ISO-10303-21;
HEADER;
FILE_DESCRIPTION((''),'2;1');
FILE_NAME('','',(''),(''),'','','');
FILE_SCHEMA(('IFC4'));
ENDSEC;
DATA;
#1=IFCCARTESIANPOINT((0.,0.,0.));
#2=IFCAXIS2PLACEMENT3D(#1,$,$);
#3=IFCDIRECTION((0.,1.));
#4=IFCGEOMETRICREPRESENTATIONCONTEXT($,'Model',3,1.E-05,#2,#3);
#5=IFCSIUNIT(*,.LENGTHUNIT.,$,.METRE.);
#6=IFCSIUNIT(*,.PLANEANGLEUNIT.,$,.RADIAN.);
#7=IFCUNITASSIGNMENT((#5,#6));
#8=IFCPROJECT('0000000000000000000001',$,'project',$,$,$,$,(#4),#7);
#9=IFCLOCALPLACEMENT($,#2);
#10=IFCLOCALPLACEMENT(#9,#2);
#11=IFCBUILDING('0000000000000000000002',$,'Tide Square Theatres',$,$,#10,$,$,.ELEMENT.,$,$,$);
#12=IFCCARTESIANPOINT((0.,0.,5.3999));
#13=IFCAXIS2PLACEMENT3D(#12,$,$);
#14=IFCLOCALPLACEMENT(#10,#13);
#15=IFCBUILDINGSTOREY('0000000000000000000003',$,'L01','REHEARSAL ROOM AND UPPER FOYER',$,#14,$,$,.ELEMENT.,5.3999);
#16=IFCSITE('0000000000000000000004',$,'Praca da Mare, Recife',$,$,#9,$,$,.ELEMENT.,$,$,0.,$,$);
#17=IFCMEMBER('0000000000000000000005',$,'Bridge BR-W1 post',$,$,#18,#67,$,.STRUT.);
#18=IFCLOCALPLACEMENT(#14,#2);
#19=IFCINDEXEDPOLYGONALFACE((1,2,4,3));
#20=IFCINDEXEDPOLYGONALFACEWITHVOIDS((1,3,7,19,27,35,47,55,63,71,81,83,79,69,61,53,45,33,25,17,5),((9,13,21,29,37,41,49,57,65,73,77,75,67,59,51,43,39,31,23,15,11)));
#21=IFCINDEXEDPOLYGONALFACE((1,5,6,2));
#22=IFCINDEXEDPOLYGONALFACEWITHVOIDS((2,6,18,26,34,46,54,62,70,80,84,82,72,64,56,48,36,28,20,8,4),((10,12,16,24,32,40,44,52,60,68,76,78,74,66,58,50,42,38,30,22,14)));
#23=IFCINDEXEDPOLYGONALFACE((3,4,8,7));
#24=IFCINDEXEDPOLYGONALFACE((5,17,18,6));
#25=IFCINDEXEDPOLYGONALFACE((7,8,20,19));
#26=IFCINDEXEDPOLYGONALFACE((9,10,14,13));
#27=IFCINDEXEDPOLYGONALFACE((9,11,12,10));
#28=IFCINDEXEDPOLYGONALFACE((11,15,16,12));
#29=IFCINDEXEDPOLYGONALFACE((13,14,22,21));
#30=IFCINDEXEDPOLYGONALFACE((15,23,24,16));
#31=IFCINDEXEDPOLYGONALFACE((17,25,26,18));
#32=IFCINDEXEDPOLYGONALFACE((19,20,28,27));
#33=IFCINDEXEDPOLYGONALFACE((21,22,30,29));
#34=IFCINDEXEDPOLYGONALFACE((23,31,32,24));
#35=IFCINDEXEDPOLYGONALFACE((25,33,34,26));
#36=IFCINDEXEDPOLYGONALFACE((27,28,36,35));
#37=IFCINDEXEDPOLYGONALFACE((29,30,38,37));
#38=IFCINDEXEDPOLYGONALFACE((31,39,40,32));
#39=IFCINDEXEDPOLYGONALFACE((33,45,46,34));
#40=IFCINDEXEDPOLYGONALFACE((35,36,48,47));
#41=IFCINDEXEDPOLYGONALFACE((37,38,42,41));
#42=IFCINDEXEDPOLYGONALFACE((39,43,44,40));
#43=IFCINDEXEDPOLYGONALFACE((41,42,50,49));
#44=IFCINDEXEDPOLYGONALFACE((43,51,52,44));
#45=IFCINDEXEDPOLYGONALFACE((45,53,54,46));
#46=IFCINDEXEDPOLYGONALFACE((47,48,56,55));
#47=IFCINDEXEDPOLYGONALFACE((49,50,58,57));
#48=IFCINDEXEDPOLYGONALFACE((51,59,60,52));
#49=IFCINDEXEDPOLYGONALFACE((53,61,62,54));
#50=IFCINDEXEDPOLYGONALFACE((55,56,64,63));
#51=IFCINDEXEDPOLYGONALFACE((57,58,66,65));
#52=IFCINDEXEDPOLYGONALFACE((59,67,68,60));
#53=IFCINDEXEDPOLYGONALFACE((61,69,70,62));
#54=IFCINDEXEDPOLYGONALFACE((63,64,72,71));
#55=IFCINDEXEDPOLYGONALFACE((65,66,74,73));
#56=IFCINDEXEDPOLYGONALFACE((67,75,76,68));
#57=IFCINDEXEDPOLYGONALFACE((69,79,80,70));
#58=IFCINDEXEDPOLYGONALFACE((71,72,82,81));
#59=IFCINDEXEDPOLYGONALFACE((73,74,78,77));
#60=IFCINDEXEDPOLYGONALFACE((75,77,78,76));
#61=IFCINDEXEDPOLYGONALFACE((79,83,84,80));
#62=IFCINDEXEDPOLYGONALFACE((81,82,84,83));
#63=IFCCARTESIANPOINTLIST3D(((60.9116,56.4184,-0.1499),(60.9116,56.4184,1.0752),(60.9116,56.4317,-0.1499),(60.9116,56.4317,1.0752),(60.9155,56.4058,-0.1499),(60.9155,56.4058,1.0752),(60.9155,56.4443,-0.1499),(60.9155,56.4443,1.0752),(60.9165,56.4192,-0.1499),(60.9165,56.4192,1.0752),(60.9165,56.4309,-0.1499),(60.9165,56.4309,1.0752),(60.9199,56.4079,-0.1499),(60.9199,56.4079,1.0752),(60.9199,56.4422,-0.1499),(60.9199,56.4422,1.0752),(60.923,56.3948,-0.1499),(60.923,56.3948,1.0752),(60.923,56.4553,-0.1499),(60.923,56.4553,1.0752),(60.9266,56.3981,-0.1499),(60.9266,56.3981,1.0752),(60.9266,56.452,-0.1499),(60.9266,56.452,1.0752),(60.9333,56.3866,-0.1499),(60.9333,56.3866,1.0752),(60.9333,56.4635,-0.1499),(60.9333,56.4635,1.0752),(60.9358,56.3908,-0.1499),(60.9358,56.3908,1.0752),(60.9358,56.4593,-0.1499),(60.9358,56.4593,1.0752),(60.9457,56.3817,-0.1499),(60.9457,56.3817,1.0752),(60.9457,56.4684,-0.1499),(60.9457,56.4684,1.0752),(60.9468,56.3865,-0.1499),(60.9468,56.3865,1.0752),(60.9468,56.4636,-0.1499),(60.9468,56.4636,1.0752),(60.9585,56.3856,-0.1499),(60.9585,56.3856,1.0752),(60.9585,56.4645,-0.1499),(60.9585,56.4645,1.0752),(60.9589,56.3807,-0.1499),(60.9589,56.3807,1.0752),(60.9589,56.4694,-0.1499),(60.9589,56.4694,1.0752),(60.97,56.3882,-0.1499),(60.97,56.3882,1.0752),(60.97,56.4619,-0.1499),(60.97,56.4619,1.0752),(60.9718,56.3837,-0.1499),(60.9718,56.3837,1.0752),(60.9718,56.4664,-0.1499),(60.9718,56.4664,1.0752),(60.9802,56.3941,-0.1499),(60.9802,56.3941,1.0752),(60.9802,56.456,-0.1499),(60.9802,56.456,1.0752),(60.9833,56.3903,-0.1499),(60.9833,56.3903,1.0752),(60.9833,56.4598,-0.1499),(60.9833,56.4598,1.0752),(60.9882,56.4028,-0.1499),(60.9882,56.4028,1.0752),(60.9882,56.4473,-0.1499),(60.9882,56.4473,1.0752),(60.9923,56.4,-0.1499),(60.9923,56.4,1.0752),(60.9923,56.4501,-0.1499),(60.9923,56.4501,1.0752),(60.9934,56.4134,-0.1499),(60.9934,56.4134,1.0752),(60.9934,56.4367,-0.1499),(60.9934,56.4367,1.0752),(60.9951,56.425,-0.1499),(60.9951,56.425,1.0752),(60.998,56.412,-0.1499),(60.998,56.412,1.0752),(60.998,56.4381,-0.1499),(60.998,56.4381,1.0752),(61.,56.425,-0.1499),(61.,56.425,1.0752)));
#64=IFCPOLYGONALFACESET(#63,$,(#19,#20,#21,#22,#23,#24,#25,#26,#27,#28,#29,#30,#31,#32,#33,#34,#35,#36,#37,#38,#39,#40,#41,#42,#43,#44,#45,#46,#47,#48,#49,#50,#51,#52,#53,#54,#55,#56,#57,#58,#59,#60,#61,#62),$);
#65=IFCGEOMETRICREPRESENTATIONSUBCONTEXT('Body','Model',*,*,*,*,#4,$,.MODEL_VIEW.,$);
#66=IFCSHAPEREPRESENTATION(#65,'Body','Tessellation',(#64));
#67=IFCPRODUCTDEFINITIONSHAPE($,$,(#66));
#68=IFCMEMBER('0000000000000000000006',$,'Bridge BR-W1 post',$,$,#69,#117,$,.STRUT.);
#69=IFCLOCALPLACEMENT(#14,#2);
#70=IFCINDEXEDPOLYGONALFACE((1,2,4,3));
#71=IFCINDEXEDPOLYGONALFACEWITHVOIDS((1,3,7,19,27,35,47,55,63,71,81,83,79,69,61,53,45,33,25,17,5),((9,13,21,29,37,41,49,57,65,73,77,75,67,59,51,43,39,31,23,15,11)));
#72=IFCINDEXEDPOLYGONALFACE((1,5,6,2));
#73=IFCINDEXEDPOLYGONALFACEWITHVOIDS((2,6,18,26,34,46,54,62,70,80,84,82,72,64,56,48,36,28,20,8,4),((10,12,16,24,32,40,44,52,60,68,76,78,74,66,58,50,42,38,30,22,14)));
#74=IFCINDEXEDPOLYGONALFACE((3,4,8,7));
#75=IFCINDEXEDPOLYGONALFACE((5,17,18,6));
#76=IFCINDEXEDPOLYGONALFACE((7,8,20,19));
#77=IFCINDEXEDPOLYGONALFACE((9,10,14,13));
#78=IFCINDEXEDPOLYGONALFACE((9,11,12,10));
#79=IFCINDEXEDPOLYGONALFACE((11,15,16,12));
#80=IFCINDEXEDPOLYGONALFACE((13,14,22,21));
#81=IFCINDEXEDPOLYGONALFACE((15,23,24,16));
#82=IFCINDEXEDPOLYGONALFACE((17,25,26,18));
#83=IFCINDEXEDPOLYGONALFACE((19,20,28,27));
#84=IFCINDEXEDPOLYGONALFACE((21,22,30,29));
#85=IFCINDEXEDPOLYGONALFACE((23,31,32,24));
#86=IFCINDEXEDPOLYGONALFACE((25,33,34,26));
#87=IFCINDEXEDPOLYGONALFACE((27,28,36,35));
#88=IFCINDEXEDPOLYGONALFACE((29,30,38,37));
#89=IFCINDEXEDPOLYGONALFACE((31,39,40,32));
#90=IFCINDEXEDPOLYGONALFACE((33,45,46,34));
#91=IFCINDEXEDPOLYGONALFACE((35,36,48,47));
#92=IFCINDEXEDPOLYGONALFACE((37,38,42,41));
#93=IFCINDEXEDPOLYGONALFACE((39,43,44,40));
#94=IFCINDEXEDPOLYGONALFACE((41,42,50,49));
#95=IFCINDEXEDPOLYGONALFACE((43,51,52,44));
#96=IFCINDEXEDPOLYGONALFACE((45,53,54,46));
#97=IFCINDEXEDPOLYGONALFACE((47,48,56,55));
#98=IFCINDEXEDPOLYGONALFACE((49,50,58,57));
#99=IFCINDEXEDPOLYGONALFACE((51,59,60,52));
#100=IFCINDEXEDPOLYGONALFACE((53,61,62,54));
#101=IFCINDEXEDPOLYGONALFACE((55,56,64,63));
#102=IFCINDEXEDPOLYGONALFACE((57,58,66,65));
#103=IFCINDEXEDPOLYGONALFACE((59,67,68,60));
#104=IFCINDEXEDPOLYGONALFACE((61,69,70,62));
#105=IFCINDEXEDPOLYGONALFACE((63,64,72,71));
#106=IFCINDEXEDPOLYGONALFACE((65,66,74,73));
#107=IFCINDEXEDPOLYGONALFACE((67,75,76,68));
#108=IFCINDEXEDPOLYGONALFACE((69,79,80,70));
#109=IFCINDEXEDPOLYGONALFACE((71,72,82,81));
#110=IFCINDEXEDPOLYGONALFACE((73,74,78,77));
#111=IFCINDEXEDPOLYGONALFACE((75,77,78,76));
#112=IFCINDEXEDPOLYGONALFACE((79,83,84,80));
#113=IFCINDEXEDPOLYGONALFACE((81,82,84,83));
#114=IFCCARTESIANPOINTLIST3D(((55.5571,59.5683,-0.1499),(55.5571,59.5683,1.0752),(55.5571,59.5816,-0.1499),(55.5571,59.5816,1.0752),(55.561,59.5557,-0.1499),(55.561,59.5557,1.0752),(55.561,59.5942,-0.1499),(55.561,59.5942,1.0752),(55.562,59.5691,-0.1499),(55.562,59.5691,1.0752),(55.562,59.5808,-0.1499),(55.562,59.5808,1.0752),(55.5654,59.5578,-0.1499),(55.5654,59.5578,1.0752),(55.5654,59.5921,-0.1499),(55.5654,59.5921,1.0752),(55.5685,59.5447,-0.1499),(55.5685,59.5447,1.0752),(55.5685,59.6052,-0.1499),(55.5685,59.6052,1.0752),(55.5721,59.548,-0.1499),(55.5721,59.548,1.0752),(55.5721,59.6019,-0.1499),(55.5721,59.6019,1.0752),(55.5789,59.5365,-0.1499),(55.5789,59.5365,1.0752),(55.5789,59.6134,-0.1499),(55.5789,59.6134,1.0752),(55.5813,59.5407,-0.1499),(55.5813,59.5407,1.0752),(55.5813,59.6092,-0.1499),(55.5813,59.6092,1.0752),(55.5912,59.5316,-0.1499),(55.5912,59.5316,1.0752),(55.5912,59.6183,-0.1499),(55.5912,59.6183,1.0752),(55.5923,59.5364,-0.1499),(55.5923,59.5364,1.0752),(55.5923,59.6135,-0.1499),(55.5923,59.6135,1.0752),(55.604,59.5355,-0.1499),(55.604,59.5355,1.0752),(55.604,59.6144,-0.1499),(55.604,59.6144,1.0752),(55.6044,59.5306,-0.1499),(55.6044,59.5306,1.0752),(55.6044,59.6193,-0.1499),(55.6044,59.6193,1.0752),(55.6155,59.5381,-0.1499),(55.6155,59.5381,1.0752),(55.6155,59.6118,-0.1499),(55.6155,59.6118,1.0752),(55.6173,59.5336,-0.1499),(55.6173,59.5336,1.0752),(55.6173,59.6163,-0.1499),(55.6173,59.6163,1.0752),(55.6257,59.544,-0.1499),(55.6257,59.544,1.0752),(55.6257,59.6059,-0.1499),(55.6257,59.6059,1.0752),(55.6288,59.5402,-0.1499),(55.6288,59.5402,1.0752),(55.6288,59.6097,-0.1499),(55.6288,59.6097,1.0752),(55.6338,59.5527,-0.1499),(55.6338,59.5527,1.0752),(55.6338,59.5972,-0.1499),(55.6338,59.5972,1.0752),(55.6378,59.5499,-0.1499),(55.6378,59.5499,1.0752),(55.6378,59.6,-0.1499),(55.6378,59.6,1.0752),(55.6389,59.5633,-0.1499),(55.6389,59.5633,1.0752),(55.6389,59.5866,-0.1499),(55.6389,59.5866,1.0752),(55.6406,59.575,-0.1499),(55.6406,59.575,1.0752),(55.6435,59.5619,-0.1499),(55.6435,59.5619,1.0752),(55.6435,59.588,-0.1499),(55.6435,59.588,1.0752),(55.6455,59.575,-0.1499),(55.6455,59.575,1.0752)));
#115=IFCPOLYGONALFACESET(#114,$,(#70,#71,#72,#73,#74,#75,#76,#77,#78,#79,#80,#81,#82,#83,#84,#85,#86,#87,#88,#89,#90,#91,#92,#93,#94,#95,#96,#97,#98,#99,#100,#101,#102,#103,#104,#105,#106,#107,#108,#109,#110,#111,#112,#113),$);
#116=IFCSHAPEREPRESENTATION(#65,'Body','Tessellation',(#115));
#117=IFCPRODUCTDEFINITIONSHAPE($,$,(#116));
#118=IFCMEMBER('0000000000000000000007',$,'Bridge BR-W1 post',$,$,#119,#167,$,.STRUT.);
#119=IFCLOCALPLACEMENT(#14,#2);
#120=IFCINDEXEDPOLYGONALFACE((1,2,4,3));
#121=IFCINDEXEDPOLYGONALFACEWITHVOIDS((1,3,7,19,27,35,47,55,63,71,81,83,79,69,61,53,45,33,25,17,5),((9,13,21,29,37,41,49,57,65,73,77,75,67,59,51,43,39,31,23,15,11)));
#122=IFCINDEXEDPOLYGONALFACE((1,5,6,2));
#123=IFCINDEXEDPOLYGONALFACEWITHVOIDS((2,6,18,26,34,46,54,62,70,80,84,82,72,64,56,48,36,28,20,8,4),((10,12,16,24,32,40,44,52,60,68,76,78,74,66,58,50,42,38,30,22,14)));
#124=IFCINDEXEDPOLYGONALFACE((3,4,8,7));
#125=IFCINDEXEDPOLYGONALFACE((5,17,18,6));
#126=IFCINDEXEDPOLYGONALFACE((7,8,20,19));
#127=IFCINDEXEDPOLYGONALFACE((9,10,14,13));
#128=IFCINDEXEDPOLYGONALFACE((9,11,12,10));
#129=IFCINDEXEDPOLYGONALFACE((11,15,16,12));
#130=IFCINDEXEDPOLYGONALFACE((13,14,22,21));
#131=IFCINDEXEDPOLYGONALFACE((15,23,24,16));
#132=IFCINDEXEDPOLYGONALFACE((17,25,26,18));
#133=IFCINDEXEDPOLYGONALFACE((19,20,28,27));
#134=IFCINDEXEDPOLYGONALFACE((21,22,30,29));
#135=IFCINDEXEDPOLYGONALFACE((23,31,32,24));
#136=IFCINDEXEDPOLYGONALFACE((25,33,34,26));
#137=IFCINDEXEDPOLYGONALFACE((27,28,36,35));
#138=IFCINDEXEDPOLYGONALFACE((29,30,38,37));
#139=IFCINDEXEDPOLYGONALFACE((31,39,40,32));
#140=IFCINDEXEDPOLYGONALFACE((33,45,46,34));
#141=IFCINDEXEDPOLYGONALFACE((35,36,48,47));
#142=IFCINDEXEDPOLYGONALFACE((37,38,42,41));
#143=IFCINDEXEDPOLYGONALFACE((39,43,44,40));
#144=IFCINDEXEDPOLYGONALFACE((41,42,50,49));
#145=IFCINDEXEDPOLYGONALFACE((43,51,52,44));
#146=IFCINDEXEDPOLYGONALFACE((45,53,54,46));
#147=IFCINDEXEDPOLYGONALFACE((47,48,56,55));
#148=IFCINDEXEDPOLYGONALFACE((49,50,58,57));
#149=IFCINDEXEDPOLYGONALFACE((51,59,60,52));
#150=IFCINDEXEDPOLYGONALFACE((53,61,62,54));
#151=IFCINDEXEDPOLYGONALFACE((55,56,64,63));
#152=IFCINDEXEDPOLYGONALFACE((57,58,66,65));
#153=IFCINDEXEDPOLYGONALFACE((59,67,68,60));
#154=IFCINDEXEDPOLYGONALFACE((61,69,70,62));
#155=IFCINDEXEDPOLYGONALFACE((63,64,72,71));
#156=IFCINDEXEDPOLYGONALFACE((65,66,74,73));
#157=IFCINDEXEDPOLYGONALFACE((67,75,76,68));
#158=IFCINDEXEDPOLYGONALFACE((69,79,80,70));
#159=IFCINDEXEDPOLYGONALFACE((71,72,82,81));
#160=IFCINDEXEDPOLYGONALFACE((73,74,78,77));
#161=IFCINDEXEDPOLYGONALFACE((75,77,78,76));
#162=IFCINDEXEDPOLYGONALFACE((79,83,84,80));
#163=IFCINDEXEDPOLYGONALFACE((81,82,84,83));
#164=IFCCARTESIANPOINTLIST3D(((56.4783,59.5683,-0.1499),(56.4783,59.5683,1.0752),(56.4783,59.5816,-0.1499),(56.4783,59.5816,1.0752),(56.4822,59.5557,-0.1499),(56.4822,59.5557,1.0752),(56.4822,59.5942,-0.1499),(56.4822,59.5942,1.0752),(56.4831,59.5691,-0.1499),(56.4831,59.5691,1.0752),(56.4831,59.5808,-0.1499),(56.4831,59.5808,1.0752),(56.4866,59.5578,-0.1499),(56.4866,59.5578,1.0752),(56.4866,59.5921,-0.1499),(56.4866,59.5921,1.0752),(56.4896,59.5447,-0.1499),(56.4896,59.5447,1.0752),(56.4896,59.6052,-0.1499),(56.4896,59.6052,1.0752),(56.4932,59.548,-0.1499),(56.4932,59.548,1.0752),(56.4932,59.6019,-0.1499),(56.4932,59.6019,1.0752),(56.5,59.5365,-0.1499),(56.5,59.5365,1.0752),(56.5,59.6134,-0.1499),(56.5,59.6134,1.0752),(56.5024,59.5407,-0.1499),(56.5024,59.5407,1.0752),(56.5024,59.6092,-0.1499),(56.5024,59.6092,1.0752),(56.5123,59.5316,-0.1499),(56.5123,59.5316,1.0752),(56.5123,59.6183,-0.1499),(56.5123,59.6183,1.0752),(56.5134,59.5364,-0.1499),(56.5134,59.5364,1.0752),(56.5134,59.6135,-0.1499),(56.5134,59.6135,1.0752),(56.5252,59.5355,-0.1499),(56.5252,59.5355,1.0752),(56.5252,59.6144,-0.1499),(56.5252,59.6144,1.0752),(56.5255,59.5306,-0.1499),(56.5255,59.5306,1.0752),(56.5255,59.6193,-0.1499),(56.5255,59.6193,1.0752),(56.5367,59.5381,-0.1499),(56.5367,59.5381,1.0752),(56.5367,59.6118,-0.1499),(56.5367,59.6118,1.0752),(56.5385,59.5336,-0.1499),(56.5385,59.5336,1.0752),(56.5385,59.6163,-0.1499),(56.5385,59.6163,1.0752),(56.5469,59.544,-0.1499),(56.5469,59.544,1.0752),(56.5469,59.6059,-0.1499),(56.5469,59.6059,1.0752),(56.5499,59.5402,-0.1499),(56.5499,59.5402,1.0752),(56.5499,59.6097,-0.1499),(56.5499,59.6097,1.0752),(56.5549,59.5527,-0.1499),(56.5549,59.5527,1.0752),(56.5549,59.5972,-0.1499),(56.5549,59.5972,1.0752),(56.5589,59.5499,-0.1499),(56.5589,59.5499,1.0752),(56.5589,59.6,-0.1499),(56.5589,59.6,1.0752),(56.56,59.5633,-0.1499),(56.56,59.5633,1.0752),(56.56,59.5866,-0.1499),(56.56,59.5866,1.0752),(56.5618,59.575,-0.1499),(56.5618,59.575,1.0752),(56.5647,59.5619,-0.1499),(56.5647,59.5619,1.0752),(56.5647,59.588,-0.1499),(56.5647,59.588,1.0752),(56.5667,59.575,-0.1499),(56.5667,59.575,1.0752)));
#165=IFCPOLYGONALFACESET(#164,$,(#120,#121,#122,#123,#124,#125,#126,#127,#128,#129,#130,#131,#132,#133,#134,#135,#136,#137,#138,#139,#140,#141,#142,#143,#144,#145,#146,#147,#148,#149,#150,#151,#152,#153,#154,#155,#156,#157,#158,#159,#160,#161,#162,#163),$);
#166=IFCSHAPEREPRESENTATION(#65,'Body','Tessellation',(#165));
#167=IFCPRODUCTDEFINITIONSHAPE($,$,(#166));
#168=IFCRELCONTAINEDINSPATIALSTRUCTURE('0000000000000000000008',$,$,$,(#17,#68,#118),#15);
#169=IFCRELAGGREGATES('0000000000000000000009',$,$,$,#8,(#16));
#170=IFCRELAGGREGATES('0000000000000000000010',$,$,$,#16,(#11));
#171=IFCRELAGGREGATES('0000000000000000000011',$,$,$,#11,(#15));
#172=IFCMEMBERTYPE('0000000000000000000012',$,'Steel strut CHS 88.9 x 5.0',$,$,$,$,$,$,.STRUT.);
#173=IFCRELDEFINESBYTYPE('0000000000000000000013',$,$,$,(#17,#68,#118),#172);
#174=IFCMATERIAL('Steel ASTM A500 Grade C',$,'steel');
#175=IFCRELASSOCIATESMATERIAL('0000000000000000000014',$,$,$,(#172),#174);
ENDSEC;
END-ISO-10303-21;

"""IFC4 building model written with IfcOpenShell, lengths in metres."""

from ifc_helpers import new_model, si_unit, direction, frame, origin, origin_2d, place, context, subcontext, project, spatial, hollow_circle, extrude, material, material_profile, profile_set, type_object, element, save


model = new_model("IFC4")

# Units and contexts
model_context = context("Model", 3, precision=1e-05, world=origin(), true_north=direction((0.0, 1.0)))
body_context = subcontext(model_context, "Body", "Model", "MODEL_VIEW")
ifc_project = project(units=[si_unit("LENGTHUNIT", "METRE"), si_unit("PLANEANGLEUNIT", "RADIAN")], contexts=[model_context])

# Site, building, storey
site_placement = place(None, origin())
site = spatial("IfcSite", under=ifc_project, at=site_placement, Name="Praca da Mare, Recife", CompositionType="ELEMENT", RefElevation=0.0)
building_placement = place(site_placement, origin())
building = spatial("IfcBuilding", under=site, at=building_placement, Name="Tide Square Theatres", CompositionType="ELEMENT")
storey_placement = place(building_placement, frame((0.0, 0.0, 5.3999)))
storey = spatial("IfcBuildingStorey", under=building, at=storey_placement, Name="L01", Description="REHEARSAL ROOM AND UPPER FOYER", CompositionType="ELEMENT", Elevation=5.3999)

# Members
ifc_material_1 = material(Name="Steel ASTM A500 Grade C", Category="steel")
ifc_material_profile_1 = material_profile(ifc_material_1, hollow_circle(Radius=0.0444, WallThickness=0.0049, at=origin_2d()))
ifc_profile_set_1 = profile_set([ifc_material_profile_1], Name="Steel ASTM A500 Grade C")
member_type_1 = type_object("IfcMemberType", Name="Steel strut CHS 88.9 x 5.0", PredefinedType="STRUT", material=ifc_profile_set_1)
for number, where, z_axis, x_axis, name in (
    (1, (60.9556, 56.425, -0.1499), (0.0, 0.0, 1.0), (1.0, 0.0, 0.0), "Bridge BR-W1 post"),
    (2, (55.6011, 59.575, -0.1499), (0.0, 0.0, 1.0), (1.0, 0.0, 0.0), "Bridge BR-W1 post"),
    (3, (56.5222, 59.575, -0.1499), (0.0, 0.0, 1.0), (1.0, 0.0, 0.0), "Bridge BR-W1 post"),
):
    element("IfcMember", number, at=place(storey_placement, frame(where, z_axis=z_axis, x_axis=x_axis)), inside=storey, type_object=member_type_1, Name=name, PredefinedType="STRUT", context=body_context, shape_type="SweptSolid", body=[
        extrude(hollow_circle(Radius=0.0444, WallThickness=0.0049, at=origin_2d()), origin(), (0.0, 0.0, 1.0), 1.2251),
    ])

save(model, "model.ifc")
